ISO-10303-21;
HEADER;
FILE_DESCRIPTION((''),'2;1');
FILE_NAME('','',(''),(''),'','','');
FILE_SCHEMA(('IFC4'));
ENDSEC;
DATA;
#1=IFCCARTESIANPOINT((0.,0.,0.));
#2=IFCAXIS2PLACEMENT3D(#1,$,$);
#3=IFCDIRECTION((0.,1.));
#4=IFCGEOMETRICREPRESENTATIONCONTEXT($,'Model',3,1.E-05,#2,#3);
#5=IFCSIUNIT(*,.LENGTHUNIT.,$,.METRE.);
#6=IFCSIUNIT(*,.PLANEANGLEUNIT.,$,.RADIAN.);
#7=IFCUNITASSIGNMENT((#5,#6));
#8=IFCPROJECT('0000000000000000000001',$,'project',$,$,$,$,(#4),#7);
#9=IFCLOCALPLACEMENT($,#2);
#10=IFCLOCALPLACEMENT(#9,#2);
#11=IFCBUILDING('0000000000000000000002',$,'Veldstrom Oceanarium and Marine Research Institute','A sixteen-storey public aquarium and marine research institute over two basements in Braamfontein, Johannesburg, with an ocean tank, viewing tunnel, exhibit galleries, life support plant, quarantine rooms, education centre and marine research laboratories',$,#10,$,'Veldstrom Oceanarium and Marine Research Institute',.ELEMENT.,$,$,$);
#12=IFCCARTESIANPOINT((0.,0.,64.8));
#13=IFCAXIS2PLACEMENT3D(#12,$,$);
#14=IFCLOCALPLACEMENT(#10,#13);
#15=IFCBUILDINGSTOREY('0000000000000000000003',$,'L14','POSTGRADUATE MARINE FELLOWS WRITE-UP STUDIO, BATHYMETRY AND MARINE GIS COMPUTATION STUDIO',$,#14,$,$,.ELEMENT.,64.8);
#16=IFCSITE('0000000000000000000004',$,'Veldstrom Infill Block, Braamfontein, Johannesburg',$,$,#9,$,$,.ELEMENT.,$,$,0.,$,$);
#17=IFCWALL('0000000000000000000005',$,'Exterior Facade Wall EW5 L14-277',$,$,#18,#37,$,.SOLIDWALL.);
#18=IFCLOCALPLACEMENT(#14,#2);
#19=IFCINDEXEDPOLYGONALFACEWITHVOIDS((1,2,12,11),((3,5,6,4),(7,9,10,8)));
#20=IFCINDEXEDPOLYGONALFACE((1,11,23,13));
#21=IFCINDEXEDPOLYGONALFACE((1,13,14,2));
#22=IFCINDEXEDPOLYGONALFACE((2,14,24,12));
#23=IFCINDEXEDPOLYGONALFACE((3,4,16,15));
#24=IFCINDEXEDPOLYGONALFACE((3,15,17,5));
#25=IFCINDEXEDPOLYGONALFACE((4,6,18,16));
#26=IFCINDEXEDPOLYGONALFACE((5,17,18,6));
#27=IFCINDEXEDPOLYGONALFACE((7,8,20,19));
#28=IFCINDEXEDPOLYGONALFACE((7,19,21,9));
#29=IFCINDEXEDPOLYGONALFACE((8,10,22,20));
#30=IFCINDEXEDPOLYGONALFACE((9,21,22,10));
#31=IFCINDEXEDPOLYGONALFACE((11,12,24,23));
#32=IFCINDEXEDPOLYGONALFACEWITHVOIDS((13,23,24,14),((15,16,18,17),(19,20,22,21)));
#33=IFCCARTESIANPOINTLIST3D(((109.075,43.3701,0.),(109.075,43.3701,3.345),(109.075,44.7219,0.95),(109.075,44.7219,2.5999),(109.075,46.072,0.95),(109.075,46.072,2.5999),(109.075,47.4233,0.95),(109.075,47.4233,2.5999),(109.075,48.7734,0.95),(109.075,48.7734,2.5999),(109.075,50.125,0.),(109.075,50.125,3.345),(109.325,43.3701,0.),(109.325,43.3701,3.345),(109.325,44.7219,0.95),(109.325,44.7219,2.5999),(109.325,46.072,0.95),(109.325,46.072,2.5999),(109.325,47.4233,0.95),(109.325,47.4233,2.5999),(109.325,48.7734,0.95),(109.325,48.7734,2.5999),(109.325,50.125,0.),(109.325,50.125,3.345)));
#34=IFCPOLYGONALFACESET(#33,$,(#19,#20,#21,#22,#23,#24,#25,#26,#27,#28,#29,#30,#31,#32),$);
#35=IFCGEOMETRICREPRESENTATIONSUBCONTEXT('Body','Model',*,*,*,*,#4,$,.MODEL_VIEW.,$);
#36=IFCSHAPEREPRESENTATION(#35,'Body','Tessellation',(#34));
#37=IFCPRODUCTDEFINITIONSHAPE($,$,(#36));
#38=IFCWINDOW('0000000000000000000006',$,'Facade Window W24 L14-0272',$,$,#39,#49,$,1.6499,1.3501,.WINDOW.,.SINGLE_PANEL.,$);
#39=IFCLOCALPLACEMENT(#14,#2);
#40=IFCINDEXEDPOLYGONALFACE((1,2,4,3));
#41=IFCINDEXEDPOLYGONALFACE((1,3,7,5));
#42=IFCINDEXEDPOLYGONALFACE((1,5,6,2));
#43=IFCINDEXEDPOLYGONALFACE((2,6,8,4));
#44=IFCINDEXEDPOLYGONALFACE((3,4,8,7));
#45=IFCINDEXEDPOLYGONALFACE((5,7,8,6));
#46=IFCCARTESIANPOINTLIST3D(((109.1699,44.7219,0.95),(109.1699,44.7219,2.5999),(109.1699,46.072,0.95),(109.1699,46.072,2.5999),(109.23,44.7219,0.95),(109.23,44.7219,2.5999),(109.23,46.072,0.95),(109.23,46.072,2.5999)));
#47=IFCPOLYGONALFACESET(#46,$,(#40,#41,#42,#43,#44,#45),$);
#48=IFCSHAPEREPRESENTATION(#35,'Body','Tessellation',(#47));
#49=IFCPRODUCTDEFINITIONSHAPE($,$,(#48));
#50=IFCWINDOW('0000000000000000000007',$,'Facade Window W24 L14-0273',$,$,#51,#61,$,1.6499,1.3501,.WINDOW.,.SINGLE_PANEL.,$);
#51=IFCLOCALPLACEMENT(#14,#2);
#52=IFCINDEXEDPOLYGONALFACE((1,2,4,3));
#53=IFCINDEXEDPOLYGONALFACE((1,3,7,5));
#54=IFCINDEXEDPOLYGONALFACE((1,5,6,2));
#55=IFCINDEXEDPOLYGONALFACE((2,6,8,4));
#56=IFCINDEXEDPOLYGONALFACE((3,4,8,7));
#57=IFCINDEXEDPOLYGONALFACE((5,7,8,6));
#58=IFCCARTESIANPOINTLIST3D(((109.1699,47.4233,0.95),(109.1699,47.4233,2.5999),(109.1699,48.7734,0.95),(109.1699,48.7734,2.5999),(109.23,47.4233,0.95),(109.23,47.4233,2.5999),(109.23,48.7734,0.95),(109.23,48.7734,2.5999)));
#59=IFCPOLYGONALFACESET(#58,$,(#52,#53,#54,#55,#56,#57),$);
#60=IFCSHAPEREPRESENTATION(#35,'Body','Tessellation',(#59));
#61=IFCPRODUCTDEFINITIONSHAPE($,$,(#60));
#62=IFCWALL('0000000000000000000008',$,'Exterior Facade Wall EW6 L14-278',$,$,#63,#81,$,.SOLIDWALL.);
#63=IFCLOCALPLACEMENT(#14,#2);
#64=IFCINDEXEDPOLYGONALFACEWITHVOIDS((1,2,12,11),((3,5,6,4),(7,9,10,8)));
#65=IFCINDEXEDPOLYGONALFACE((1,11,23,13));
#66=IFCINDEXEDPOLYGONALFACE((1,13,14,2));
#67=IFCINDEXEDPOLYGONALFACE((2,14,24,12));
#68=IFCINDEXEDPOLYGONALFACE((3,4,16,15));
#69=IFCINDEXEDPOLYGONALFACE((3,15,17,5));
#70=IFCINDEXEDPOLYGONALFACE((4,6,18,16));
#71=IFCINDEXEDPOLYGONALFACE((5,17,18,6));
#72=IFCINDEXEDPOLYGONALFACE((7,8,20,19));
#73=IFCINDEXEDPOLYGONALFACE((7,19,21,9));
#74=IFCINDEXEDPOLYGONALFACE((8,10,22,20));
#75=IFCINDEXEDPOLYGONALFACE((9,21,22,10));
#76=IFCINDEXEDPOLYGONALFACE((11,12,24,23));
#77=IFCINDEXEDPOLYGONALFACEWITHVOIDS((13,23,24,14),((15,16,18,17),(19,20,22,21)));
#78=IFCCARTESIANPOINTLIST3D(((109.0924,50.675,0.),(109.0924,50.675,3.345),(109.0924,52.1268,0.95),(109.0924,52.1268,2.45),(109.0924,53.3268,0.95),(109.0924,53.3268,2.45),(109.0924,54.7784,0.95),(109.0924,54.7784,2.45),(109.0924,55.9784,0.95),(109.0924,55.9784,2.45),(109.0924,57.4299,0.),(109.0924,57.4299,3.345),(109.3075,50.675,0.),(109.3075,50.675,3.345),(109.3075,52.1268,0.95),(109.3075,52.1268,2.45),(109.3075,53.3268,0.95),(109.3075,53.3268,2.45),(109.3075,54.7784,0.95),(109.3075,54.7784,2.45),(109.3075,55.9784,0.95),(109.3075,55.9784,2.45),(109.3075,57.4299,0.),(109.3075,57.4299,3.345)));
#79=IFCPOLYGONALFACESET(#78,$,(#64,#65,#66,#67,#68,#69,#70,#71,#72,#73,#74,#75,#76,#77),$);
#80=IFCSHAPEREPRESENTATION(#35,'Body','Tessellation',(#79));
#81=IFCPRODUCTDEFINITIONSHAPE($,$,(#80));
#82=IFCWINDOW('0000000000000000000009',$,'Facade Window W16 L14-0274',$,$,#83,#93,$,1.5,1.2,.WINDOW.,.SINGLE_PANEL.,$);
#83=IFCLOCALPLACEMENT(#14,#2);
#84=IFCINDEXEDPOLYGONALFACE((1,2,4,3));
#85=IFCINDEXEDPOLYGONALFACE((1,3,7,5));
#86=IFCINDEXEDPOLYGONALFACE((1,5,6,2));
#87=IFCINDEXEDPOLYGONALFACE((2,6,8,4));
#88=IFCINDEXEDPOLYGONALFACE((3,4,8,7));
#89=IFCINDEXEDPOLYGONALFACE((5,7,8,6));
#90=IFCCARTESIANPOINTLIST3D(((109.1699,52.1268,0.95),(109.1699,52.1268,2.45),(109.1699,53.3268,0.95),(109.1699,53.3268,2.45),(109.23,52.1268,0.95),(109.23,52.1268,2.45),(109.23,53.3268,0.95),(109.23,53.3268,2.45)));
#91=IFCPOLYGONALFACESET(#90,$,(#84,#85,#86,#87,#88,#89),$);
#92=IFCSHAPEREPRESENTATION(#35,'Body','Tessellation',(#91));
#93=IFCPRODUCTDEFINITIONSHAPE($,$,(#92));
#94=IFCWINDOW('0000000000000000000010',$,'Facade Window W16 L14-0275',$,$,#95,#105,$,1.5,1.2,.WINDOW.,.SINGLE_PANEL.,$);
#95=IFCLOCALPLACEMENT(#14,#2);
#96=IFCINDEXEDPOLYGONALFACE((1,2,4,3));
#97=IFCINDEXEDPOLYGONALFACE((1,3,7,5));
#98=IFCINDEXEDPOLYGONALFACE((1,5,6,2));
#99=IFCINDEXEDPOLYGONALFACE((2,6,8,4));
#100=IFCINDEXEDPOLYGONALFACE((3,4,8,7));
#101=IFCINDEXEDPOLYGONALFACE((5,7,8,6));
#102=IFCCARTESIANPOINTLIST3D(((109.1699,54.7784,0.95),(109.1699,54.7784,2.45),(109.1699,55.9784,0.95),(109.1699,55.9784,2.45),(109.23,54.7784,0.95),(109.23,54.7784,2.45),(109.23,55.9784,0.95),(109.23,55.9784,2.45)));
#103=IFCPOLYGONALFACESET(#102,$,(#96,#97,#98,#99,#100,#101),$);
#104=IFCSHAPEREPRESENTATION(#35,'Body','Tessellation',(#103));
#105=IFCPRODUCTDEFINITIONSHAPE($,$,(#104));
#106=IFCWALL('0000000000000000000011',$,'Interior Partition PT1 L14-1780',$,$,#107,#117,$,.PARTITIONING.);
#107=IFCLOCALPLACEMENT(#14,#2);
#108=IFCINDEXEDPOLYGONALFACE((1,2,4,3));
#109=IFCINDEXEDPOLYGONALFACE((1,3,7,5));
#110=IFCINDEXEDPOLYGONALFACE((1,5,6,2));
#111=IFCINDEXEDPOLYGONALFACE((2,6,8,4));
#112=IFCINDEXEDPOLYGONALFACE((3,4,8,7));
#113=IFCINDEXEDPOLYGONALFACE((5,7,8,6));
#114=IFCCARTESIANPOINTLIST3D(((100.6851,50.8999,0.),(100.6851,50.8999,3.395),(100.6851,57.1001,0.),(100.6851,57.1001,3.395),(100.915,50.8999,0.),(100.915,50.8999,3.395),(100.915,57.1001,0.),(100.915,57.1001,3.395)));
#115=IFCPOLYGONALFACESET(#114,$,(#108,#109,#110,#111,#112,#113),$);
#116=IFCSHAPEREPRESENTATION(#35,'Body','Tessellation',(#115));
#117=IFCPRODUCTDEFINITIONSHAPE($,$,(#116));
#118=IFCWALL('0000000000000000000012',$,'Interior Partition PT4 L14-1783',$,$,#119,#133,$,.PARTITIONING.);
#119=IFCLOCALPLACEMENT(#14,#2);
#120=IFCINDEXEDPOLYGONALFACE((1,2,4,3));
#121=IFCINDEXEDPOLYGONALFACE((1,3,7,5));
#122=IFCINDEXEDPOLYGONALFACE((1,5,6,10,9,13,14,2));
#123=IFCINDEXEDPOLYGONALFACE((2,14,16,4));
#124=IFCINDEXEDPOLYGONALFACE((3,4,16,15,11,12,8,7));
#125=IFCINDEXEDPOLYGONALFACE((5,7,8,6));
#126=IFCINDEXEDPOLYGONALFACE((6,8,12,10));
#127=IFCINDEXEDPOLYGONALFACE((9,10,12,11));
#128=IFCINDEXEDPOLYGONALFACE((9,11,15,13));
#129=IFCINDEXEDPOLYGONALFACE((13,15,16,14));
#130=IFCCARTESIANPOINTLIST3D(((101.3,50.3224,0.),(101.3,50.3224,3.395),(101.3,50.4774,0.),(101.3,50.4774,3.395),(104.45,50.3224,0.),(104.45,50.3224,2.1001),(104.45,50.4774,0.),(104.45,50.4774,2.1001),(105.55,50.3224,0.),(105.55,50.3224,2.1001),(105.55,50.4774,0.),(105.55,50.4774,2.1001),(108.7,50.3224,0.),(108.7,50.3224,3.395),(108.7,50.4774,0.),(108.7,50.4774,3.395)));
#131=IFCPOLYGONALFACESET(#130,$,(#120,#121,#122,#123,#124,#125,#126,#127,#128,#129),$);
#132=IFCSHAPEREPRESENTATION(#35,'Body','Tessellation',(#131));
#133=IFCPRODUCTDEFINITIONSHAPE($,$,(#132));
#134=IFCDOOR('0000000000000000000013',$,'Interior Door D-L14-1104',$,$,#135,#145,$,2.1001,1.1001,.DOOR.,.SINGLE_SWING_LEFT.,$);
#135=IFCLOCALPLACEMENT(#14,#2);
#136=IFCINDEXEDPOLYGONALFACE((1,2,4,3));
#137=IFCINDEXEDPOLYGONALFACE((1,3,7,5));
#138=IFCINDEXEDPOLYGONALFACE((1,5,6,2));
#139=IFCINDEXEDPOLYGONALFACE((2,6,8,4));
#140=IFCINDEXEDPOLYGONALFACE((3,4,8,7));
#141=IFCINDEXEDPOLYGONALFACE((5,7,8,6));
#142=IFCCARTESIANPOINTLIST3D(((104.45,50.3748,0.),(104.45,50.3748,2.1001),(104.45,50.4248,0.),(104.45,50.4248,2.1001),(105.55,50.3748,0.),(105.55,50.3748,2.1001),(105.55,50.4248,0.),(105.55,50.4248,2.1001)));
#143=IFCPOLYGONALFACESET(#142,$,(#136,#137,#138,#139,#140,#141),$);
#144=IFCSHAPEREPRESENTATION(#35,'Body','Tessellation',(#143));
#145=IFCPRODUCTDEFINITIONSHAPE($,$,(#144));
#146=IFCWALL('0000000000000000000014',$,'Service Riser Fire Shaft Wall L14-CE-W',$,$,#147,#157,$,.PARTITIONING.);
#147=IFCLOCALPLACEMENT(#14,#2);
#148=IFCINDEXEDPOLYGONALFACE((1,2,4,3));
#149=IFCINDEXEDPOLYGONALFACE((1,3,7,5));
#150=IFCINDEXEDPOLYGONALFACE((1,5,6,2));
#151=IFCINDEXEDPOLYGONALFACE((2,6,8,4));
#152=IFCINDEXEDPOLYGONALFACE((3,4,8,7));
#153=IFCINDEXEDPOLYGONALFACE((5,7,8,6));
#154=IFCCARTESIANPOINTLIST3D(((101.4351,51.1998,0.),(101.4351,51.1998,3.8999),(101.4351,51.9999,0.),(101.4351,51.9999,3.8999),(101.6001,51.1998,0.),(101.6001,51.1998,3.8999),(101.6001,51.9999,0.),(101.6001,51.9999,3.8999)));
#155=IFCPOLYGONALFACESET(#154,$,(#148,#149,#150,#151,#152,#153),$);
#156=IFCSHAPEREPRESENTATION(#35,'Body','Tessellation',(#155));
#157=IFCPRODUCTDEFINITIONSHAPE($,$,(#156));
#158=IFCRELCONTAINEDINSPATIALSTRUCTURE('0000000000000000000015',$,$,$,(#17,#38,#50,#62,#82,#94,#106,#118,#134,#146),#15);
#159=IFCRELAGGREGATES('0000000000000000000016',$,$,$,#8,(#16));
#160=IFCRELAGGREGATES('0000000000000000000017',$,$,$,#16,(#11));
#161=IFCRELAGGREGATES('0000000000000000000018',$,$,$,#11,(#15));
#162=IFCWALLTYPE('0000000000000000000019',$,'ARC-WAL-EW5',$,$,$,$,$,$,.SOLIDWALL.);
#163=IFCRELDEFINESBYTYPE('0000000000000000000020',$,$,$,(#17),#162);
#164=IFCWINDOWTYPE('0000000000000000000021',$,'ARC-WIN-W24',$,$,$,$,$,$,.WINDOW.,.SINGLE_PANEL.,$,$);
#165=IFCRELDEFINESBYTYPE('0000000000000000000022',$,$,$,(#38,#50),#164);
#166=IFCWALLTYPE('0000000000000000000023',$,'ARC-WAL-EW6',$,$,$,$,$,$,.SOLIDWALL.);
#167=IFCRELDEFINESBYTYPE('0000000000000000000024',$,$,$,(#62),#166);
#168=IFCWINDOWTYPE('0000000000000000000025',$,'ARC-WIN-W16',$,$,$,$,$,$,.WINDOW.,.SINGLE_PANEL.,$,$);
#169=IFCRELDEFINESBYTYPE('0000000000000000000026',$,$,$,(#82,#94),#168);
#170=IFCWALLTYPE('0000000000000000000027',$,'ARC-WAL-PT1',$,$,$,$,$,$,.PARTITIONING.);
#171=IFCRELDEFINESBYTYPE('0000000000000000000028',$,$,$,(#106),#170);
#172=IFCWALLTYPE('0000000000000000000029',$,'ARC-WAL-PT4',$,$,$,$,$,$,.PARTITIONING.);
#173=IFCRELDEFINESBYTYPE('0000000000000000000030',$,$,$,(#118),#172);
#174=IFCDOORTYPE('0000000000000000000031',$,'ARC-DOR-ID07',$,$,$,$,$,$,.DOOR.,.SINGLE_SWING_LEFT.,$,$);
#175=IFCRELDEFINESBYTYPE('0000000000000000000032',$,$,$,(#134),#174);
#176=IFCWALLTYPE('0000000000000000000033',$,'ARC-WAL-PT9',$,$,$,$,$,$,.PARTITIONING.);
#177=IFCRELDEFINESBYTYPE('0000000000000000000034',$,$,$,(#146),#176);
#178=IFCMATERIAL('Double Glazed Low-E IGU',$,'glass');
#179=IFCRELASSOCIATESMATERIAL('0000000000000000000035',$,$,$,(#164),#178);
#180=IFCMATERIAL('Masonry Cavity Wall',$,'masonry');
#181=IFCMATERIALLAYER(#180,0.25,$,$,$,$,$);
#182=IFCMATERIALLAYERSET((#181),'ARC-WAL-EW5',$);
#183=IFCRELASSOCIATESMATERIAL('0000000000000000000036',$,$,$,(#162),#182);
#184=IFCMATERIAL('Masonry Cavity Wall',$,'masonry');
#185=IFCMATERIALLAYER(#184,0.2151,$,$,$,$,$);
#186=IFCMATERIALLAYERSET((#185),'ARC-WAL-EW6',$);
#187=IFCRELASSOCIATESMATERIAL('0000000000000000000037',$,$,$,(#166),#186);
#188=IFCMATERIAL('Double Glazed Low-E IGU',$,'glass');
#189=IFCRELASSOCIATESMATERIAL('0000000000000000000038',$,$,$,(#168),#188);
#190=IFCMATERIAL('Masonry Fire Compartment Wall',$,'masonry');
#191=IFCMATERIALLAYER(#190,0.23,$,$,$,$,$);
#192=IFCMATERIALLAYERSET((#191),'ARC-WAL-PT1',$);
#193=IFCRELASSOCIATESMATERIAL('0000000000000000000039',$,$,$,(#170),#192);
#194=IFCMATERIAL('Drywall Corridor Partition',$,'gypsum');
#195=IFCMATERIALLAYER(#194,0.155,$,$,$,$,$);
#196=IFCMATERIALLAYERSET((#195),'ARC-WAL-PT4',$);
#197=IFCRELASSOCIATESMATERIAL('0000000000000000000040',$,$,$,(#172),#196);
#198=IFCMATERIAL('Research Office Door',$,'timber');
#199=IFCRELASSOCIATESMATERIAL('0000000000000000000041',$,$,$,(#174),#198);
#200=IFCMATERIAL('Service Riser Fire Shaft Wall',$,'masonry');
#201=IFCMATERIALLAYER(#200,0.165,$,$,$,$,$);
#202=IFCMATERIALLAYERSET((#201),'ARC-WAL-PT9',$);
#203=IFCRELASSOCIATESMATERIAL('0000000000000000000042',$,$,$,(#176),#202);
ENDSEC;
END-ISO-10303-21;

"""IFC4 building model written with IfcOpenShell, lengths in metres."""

from ifc_helpers import new_model, si_unit, direction, frame, frame_2d, origin, place, context, subcontext, project, spatial, rectangle, extrude, material, layer, layer_set, type_object, element, fill, save


model = new_model("IFC4")

# Units and contexts
model_context = context("Model", 3, precision=1e-05, world=origin(), true_north=direction((0.0, 1.0)))
body_context = subcontext(model_context, "Body", "Model", "MODEL_VIEW")
ifc_project = project(units=[si_unit("LENGTHUNIT", "METRE"), si_unit("PLANEANGLEUNIT", "RADIAN")], contexts=[model_context])

# Site, building, storey
site_placement = place(None, origin())
site = spatial("IfcSite", under=ifc_project, at=site_placement, Name="Veldstrom Infill Block, Braamfontein, Johannesburg", CompositionType="ELEMENT", RefElevation=0.0)
building_placement = place(site_placement, origin())
building = spatial("IfcBuilding", under=site, at=building_placement, Name="Veldstrom Oceanarium and Marine Research Institute", Description="A sixteen-storey public aquarium and marine research institute over two basements in Braamfontein, Johannesburg, with an ocean tank, viewing tunnel, exhibit galleries, life support plant, quarantine rooms, education centre and marine research laboratories", LongName="Veldstrom Oceanarium and Marine Research Institute", CompositionType="ELEMENT")
storey_placement = place(building_placement, frame((0.0, 0.0, 64.8)))
storey = spatial("IfcBuildingStorey", under=building, at=storey_placement, Name="L14", Description="POSTGRADUATE MARINE FELLOWS WRITE-UP STUDIO, BATHYMETRY AND MARINE GIS COMPUTATION STUDIO", CompositionType="ELEMENT", Elevation=64.8)

# Walls, openings, windows
ifc_material_1 = material(Name="Double Glazed Low-E IGU", Category="glass")
window_type_1 = type_object("IfcWindowType", Name="ARC-WIN-W24", PartitioningType="SINGLE_PANEL", PredefinedType="WINDOW", material=ifc_material_1)
ifc_material_2 = material(Name="Masonry Cavity Wall", Category="masonry")
ifc_layer_1 = layer(ifc_material_2, 0.25)
ifc_layer_set_1 = layer_set([ifc_layer_1], Name="ARC-WAL-EW5")
wall_type_1 = type_object("IfcWallType", Name="ARC-WAL-EW5", PredefinedType="SOLIDWALL", material=ifc_layer_set_1)
wall_1_placement = place(storey_placement, frame((109.2, 43.3701, 0.0), z_axis=(0.0, 0.0, 1.0), x_axis=(0.0, 1.0, 0.0)))
wall_1 = element("IfcWall", 1, at=wall_1_placement, inside=storey, type_object=wall_type_1, Name="Exterior Facade Wall EW5 L14-277", PredefinedType="SOLIDWALL", context=body_context, shape_type="SweptSolid", body=[
    extrude(rectangle(XDim=6.7549, YDim=0.25, at=frame_2d((3.3774, 0.0))), origin(), (0.0, 0.0, 1.0), 3.345),
])
opening_1_placement = place(wall_1_placement, frame((1.3518, 0.0, 0.95)))
opening_1 = element("IfcOpeningElement", 2, at=opening_1_placement, cuts=wall_1, PredefinedType="OPENING", context=body_context, shape_type="SweptSolid", body=[
    extrude(rectangle(XDim=1.3501, YDim=1.6499, at=frame_2d((0.675, 0.825))), frame((0.0, 0.135, 0.0), z_axis=(0.0, -1.0, 0.0), x_axis=(1.0, 0.0, 0.0)), (0.0, 0.0, 1.0), 0.27),
])
opening_2_placement = place(wall_1_placement, frame((4.0532, 0.0, 0.95)))
opening_2 = element("IfcOpeningElement", 3, at=opening_2_placement, cuts=wall_1, PredefinedType="OPENING", context=body_context, shape_type="SweptSolid", body=[
    extrude(rectangle(XDim=1.3501, YDim=1.6499, at=frame_2d((0.675, 0.825))), frame((0.0, 0.135, 0.0), z_axis=(0.0, -1.0, 0.0), x_axis=(1.0, 0.0, 0.0)), (0.0, 0.0, 1.0), 0.27),
])
window_1_placement = place(opening_1_placement, origin())
window_1 = element("IfcWindow", 4, at=window_1_placement, inside=storey, type_object=window_type_1, Name="Facade Window W24 L14-0272", OverallHeight=1.6499, OverallWidth=1.3501, PartitioningType="SINGLE_PANEL", PredefinedType="WINDOW", context=body_context, shape_type="SweptSolid", body=[
    extrude(rectangle(XDim=1.3501, YDim=1.6499, at=frame_2d((0.675, 0.825))), frame((0.0, 0.03, 0.0), z_axis=(0.0, -1.0, 0.0), x_axis=(1.0, 0.0, 0.0)), (0.0, 0.0, 1.0), 0.0601),
])
fill(opening_1, window_1)
window_2_placement = place(opening_2_placement, origin())
window_2 = element("IfcWindow", 5, at=window_2_placement, inside=storey, type_object=window_type_1, Name="Facade Window W24 L14-0273", OverallHeight=1.6499, OverallWidth=1.3501, PartitioningType="SINGLE_PANEL", PredefinedType="WINDOW", context=body_context, shape_type="SweptSolid", body=[
    extrude(rectangle(XDim=1.3501, YDim=1.6499, at=frame_2d((0.675, 0.825))), frame((0.0, 0.03, 0.0), z_axis=(0.0, -1.0, 0.0), x_axis=(1.0, 0.0, 0.0)), (0.0, 0.0, 1.0), 0.0601),
])
fill(opening_2, window_2)
ifc_material_3 = material(Name="Masonry Cavity Wall", Category="masonry")
ifc_layer_2 = layer(ifc_material_3, 0.2151)
ifc_layer_set_2 = layer_set([ifc_layer_2], Name="ARC-WAL-EW6")
wall_type_2 = type_object("IfcWallType", Name="ARC-WAL-EW6", PredefinedType="SOLIDWALL", material=ifc_layer_set_2)
wall_2_placement = place(storey_placement, frame((109.2, 50.675, 0.0), z_axis=(0.0, 0.0, 1.0), x_axis=(0.0, 1.0, 0.0)))
wall_2 = element("IfcWall", 6, at=wall_2_placement, inside=storey, type_object=wall_type_2, Name="Exterior Facade Wall EW6 L14-278", PredefinedType="SOLIDWALL", context=body_context, shape_type="SweptSolid", body=[
    extrude(rectangle(XDim=6.7549, YDim=0.2151, at=frame_2d((3.3774, 0.0))), origin(), (0.0, 0.0, 1.0), 3.345),
])
opening_3_placement = place(wall_2_placement, frame((1.4517, 0.0, 0.95)))
opening_3 = element("IfcOpeningElement", 7, at=opening_3_placement, cuts=wall_2, PredefinedType="OPENING", context=body_context, shape_type="SweptSolid", body=[
    extrude(rectangle(XDim=1.2, YDim=1.5, at=frame_2d((0.6001, 0.75))), frame((0.0, 0.1174, 0.0), z_axis=(0.0, -1.0, 0.0), x_axis=(1.0, 0.0, 0.0)), (0.0, 0.0, 1.0), 0.2351),
])
opening_4_placement = place(wall_2_placement, frame((4.1033, 0.0, 0.95)))
opening_4 = element("IfcOpeningElement", 8, at=opening_4_placement, cuts=wall_2, PredefinedType="OPENING", context=body_context, shape_type="SweptSolid", body=[
    extrude(rectangle(XDim=1.2, YDim=1.5, at=frame_2d((0.6001, 0.75))), frame((0.0, 0.1174, 0.0), z_axis=(0.0, -1.0, 0.0), x_axis=(1.0, 0.0, 0.0)), (0.0, 0.0, 1.0), 0.2351),
])
ifc_material_4 = material(Name="Double Glazed Low-E IGU", Category="glass")
window_type_2 = type_object("IfcWindowType", Name="ARC-WIN-W16", PartitioningType="SINGLE_PANEL", PredefinedType="WINDOW", material=ifc_material_4)
window_3_placement = place(opening_3_placement, origin())
window_3 = element("IfcWindow", 9, at=window_3_placement, inside=storey, type_object=window_type_2, Name="Facade Window W16 L14-0274", OverallHeight=1.5, OverallWidth=1.2, PartitioningType="SINGLE_PANEL", PredefinedType="WINDOW", context=body_context, shape_type="SweptSolid", body=[
    extrude(rectangle(XDim=1.2, YDim=1.5, at=frame_2d((0.6001, 0.75))), frame((0.0, 0.03, 0.0), z_axis=(0.0, -1.0, 0.0), x_axis=(1.0, 0.0, 0.0)), (0.0, 0.0, 1.0), 0.0601),
])
fill(opening_3, window_3)
window_4_placement = place(opening_4_placement, origin())
window_4 = element("IfcWindow", 10, at=window_4_placement, inside=storey, type_object=window_type_2, Name="Facade Window W16 L14-0275", OverallHeight=1.5, OverallWidth=1.2, PartitioningType="SINGLE_PANEL", PredefinedType="WINDOW", context=body_context, shape_type="SweptSolid", body=[
    extrude(rectangle(XDim=1.2, YDim=1.5, at=frame_2d((0.6001, 0.75))), frame((0.0, 0.03, 0.0), z_axis=(0.0, -1.0, 0.0), x_axis=(1.0, 0.0, 0.0)), (0.0, 0.0, 1.0), 0.0601),
])
fill(opening_4, window_4)

# Wall
ifc_material_5 = material(Name="Masonry Fire Compartment Wall", Category="masonry")
ifc_layer_3 = layer(ifc_material_5, 0.23)
ifc_layer_set_3 = layer_set([ifc_layer_3], Name="ARC-WAL-PT1")
wall_type_3 = type_object("IfcWallType", Name="ARC-WAL-PT1", PredefinedType="PARTITIONING", material=ifc_layer_set_3)
wall_3_placement = place(storey_placement, frame((100.8, 50.8999, 0.0), z_axis=(0.0, 0.0, 1.0), x_axis=(0.0, 1.0, 0.0)))
element("IfcWall", 11, at=wall_3_placement, inside=storey, type_object=wall_type_3, Name="Interior Partition PT1 L14-1780", PredefinedType="PARTITIONING", context=body_context, shape_type="SweptSolid", body=[
    extrude(rectangle(XDim=6.2002, YDim=0.23, at=frame_2d((3.1001, 0.0))), origin(), (0.0, 0.0, 1.0), 3.395),
])

# Wall, opening, door
ifc_material_6 = material(Name="Drywall Corridor Partition", Category="gypsum")
ifc_layer_4 = layer(ifc_material_6, 0.155)
ifc_layer_set_4 = layer_set([ifc_layer_4], Name="ARC-WAL-PT4")
wall_type_4 = type_object("IfcWallType", Name="ARC-WAL-PT4", PredefinedType="PARTITIONING", material=ifc_layer_set_4)
wall_4_placement = place(storey_placement, frame((101.3, 50.3999, 0.0), z_axis=(0.0, 0.0, 1.0), x_axis=(1.0, 0.0, 0.0)))
wall_4 = element("IfcWall", 12, at=wall_4_placement, inside=storey, type_object=wall_type_4, Name="Interior Partition PT4 L14-1783", PredefinedType="PARTITIONING", context=body_context, shape_type="SweptSolid", body=[
    extrude(rectangle(XDim=7.3999, YDim=0.155, at=frame_2d((3.7, 0.0))), origin(), (0.0, 0.0, 1.0), 3.395),
])
opening_5_placement = place(wall_4_placement, frame((3.1499, 0.0, 0.0)))
opening_5 = element("IfcOpeningElement", 13, at=opening_5_placement, cuts=wall_4, PredefinedType="OPENING", context=body_context, shape_type="SweptSolid", body=[
    extrude(rectangle(XDim=1.1001, YDim=2.1001, at=frame_2d((0.55, 1.05))), frame((0.0, 0.0874, 0.0), z_axis=(0.0, -1.0, 0.0), x_axis=(1.0, 0.0, 0.0)), (0.0, 0.0, 1.0), 0.175),
])
ifc_material_7 = material(Name="Research Office Door", Category="timber")
door_type = type_object("IfcDoorType", Name="ARC-DOR-ID07", OperationType="SINGLE_SWING_LEFT", PredefinedType="DOOR", material=ifc_material_7)
door_placement = place(opening_5_placement, origin())
door = element("IfcDoor", 14, at=door_placement, inside=storey, type_object=door_type, Name="Interior Door D-L14-1104", OperationType="SINGLE_SWING_LEFT", OverallHeight=2.1001, OverallWidth=1.1001, PredefinedType="DOOR", context=body_context, shape_type="SweptSolid", body=[
    extrude(rectangle(XDim=1.1001, YDim=2.1001, at=frame_2d((0.55, 1.05))), frame((0.0, 0.0249, 0.0), z_axis=(0.0, -1.0, 0.0), x_axis=(1.0, 0.0, 0.0)), (0.0, 0.0, 1.0), 0.05),
])
fill(opening_5, door)

# Wall
ifc_material_8 = material(Name="Service Riser Fire Shaft Wall", Category="masonry")
ifc_layer_5 = layer(ifc_material_8, 0.165)
ifc_layer_set_5 = layer_set([ifc_layer_5], Name="ARC-WAL-PT9")
wall_type_5 = type_object("IfcWallType", Name="ARC-WAL-PT9", PredefinedType="PARTITIONING", material=ifc_layer_set_5)
for number, where, z_axis, x_axis, name in (
    (15, (101.5176, 51.2, 0.0), (0.0, 0.0, 1.0), (0.0, 1.0, 0.0), "Service Riser Fire Shaft Wall L14-CE-W"),
):
    element("IfcWall", number, at=place(storey_placement, frame(where, z_axis=z_axis, x_axis=x_axis)), inside=storey, type_object=wall_type_5, Name=name, PredefinedType="PARTITIONING", context=body_context, shape_type="SweptSolid", body=[
        extrude(rectangle(XDim=0.8, YDim=0.165, at=frame_2d((0.3999, 0.0))), origin(), (0.0, 0.0, 1.0), 3.8999),
    ])

save(model, "model.ifc")
